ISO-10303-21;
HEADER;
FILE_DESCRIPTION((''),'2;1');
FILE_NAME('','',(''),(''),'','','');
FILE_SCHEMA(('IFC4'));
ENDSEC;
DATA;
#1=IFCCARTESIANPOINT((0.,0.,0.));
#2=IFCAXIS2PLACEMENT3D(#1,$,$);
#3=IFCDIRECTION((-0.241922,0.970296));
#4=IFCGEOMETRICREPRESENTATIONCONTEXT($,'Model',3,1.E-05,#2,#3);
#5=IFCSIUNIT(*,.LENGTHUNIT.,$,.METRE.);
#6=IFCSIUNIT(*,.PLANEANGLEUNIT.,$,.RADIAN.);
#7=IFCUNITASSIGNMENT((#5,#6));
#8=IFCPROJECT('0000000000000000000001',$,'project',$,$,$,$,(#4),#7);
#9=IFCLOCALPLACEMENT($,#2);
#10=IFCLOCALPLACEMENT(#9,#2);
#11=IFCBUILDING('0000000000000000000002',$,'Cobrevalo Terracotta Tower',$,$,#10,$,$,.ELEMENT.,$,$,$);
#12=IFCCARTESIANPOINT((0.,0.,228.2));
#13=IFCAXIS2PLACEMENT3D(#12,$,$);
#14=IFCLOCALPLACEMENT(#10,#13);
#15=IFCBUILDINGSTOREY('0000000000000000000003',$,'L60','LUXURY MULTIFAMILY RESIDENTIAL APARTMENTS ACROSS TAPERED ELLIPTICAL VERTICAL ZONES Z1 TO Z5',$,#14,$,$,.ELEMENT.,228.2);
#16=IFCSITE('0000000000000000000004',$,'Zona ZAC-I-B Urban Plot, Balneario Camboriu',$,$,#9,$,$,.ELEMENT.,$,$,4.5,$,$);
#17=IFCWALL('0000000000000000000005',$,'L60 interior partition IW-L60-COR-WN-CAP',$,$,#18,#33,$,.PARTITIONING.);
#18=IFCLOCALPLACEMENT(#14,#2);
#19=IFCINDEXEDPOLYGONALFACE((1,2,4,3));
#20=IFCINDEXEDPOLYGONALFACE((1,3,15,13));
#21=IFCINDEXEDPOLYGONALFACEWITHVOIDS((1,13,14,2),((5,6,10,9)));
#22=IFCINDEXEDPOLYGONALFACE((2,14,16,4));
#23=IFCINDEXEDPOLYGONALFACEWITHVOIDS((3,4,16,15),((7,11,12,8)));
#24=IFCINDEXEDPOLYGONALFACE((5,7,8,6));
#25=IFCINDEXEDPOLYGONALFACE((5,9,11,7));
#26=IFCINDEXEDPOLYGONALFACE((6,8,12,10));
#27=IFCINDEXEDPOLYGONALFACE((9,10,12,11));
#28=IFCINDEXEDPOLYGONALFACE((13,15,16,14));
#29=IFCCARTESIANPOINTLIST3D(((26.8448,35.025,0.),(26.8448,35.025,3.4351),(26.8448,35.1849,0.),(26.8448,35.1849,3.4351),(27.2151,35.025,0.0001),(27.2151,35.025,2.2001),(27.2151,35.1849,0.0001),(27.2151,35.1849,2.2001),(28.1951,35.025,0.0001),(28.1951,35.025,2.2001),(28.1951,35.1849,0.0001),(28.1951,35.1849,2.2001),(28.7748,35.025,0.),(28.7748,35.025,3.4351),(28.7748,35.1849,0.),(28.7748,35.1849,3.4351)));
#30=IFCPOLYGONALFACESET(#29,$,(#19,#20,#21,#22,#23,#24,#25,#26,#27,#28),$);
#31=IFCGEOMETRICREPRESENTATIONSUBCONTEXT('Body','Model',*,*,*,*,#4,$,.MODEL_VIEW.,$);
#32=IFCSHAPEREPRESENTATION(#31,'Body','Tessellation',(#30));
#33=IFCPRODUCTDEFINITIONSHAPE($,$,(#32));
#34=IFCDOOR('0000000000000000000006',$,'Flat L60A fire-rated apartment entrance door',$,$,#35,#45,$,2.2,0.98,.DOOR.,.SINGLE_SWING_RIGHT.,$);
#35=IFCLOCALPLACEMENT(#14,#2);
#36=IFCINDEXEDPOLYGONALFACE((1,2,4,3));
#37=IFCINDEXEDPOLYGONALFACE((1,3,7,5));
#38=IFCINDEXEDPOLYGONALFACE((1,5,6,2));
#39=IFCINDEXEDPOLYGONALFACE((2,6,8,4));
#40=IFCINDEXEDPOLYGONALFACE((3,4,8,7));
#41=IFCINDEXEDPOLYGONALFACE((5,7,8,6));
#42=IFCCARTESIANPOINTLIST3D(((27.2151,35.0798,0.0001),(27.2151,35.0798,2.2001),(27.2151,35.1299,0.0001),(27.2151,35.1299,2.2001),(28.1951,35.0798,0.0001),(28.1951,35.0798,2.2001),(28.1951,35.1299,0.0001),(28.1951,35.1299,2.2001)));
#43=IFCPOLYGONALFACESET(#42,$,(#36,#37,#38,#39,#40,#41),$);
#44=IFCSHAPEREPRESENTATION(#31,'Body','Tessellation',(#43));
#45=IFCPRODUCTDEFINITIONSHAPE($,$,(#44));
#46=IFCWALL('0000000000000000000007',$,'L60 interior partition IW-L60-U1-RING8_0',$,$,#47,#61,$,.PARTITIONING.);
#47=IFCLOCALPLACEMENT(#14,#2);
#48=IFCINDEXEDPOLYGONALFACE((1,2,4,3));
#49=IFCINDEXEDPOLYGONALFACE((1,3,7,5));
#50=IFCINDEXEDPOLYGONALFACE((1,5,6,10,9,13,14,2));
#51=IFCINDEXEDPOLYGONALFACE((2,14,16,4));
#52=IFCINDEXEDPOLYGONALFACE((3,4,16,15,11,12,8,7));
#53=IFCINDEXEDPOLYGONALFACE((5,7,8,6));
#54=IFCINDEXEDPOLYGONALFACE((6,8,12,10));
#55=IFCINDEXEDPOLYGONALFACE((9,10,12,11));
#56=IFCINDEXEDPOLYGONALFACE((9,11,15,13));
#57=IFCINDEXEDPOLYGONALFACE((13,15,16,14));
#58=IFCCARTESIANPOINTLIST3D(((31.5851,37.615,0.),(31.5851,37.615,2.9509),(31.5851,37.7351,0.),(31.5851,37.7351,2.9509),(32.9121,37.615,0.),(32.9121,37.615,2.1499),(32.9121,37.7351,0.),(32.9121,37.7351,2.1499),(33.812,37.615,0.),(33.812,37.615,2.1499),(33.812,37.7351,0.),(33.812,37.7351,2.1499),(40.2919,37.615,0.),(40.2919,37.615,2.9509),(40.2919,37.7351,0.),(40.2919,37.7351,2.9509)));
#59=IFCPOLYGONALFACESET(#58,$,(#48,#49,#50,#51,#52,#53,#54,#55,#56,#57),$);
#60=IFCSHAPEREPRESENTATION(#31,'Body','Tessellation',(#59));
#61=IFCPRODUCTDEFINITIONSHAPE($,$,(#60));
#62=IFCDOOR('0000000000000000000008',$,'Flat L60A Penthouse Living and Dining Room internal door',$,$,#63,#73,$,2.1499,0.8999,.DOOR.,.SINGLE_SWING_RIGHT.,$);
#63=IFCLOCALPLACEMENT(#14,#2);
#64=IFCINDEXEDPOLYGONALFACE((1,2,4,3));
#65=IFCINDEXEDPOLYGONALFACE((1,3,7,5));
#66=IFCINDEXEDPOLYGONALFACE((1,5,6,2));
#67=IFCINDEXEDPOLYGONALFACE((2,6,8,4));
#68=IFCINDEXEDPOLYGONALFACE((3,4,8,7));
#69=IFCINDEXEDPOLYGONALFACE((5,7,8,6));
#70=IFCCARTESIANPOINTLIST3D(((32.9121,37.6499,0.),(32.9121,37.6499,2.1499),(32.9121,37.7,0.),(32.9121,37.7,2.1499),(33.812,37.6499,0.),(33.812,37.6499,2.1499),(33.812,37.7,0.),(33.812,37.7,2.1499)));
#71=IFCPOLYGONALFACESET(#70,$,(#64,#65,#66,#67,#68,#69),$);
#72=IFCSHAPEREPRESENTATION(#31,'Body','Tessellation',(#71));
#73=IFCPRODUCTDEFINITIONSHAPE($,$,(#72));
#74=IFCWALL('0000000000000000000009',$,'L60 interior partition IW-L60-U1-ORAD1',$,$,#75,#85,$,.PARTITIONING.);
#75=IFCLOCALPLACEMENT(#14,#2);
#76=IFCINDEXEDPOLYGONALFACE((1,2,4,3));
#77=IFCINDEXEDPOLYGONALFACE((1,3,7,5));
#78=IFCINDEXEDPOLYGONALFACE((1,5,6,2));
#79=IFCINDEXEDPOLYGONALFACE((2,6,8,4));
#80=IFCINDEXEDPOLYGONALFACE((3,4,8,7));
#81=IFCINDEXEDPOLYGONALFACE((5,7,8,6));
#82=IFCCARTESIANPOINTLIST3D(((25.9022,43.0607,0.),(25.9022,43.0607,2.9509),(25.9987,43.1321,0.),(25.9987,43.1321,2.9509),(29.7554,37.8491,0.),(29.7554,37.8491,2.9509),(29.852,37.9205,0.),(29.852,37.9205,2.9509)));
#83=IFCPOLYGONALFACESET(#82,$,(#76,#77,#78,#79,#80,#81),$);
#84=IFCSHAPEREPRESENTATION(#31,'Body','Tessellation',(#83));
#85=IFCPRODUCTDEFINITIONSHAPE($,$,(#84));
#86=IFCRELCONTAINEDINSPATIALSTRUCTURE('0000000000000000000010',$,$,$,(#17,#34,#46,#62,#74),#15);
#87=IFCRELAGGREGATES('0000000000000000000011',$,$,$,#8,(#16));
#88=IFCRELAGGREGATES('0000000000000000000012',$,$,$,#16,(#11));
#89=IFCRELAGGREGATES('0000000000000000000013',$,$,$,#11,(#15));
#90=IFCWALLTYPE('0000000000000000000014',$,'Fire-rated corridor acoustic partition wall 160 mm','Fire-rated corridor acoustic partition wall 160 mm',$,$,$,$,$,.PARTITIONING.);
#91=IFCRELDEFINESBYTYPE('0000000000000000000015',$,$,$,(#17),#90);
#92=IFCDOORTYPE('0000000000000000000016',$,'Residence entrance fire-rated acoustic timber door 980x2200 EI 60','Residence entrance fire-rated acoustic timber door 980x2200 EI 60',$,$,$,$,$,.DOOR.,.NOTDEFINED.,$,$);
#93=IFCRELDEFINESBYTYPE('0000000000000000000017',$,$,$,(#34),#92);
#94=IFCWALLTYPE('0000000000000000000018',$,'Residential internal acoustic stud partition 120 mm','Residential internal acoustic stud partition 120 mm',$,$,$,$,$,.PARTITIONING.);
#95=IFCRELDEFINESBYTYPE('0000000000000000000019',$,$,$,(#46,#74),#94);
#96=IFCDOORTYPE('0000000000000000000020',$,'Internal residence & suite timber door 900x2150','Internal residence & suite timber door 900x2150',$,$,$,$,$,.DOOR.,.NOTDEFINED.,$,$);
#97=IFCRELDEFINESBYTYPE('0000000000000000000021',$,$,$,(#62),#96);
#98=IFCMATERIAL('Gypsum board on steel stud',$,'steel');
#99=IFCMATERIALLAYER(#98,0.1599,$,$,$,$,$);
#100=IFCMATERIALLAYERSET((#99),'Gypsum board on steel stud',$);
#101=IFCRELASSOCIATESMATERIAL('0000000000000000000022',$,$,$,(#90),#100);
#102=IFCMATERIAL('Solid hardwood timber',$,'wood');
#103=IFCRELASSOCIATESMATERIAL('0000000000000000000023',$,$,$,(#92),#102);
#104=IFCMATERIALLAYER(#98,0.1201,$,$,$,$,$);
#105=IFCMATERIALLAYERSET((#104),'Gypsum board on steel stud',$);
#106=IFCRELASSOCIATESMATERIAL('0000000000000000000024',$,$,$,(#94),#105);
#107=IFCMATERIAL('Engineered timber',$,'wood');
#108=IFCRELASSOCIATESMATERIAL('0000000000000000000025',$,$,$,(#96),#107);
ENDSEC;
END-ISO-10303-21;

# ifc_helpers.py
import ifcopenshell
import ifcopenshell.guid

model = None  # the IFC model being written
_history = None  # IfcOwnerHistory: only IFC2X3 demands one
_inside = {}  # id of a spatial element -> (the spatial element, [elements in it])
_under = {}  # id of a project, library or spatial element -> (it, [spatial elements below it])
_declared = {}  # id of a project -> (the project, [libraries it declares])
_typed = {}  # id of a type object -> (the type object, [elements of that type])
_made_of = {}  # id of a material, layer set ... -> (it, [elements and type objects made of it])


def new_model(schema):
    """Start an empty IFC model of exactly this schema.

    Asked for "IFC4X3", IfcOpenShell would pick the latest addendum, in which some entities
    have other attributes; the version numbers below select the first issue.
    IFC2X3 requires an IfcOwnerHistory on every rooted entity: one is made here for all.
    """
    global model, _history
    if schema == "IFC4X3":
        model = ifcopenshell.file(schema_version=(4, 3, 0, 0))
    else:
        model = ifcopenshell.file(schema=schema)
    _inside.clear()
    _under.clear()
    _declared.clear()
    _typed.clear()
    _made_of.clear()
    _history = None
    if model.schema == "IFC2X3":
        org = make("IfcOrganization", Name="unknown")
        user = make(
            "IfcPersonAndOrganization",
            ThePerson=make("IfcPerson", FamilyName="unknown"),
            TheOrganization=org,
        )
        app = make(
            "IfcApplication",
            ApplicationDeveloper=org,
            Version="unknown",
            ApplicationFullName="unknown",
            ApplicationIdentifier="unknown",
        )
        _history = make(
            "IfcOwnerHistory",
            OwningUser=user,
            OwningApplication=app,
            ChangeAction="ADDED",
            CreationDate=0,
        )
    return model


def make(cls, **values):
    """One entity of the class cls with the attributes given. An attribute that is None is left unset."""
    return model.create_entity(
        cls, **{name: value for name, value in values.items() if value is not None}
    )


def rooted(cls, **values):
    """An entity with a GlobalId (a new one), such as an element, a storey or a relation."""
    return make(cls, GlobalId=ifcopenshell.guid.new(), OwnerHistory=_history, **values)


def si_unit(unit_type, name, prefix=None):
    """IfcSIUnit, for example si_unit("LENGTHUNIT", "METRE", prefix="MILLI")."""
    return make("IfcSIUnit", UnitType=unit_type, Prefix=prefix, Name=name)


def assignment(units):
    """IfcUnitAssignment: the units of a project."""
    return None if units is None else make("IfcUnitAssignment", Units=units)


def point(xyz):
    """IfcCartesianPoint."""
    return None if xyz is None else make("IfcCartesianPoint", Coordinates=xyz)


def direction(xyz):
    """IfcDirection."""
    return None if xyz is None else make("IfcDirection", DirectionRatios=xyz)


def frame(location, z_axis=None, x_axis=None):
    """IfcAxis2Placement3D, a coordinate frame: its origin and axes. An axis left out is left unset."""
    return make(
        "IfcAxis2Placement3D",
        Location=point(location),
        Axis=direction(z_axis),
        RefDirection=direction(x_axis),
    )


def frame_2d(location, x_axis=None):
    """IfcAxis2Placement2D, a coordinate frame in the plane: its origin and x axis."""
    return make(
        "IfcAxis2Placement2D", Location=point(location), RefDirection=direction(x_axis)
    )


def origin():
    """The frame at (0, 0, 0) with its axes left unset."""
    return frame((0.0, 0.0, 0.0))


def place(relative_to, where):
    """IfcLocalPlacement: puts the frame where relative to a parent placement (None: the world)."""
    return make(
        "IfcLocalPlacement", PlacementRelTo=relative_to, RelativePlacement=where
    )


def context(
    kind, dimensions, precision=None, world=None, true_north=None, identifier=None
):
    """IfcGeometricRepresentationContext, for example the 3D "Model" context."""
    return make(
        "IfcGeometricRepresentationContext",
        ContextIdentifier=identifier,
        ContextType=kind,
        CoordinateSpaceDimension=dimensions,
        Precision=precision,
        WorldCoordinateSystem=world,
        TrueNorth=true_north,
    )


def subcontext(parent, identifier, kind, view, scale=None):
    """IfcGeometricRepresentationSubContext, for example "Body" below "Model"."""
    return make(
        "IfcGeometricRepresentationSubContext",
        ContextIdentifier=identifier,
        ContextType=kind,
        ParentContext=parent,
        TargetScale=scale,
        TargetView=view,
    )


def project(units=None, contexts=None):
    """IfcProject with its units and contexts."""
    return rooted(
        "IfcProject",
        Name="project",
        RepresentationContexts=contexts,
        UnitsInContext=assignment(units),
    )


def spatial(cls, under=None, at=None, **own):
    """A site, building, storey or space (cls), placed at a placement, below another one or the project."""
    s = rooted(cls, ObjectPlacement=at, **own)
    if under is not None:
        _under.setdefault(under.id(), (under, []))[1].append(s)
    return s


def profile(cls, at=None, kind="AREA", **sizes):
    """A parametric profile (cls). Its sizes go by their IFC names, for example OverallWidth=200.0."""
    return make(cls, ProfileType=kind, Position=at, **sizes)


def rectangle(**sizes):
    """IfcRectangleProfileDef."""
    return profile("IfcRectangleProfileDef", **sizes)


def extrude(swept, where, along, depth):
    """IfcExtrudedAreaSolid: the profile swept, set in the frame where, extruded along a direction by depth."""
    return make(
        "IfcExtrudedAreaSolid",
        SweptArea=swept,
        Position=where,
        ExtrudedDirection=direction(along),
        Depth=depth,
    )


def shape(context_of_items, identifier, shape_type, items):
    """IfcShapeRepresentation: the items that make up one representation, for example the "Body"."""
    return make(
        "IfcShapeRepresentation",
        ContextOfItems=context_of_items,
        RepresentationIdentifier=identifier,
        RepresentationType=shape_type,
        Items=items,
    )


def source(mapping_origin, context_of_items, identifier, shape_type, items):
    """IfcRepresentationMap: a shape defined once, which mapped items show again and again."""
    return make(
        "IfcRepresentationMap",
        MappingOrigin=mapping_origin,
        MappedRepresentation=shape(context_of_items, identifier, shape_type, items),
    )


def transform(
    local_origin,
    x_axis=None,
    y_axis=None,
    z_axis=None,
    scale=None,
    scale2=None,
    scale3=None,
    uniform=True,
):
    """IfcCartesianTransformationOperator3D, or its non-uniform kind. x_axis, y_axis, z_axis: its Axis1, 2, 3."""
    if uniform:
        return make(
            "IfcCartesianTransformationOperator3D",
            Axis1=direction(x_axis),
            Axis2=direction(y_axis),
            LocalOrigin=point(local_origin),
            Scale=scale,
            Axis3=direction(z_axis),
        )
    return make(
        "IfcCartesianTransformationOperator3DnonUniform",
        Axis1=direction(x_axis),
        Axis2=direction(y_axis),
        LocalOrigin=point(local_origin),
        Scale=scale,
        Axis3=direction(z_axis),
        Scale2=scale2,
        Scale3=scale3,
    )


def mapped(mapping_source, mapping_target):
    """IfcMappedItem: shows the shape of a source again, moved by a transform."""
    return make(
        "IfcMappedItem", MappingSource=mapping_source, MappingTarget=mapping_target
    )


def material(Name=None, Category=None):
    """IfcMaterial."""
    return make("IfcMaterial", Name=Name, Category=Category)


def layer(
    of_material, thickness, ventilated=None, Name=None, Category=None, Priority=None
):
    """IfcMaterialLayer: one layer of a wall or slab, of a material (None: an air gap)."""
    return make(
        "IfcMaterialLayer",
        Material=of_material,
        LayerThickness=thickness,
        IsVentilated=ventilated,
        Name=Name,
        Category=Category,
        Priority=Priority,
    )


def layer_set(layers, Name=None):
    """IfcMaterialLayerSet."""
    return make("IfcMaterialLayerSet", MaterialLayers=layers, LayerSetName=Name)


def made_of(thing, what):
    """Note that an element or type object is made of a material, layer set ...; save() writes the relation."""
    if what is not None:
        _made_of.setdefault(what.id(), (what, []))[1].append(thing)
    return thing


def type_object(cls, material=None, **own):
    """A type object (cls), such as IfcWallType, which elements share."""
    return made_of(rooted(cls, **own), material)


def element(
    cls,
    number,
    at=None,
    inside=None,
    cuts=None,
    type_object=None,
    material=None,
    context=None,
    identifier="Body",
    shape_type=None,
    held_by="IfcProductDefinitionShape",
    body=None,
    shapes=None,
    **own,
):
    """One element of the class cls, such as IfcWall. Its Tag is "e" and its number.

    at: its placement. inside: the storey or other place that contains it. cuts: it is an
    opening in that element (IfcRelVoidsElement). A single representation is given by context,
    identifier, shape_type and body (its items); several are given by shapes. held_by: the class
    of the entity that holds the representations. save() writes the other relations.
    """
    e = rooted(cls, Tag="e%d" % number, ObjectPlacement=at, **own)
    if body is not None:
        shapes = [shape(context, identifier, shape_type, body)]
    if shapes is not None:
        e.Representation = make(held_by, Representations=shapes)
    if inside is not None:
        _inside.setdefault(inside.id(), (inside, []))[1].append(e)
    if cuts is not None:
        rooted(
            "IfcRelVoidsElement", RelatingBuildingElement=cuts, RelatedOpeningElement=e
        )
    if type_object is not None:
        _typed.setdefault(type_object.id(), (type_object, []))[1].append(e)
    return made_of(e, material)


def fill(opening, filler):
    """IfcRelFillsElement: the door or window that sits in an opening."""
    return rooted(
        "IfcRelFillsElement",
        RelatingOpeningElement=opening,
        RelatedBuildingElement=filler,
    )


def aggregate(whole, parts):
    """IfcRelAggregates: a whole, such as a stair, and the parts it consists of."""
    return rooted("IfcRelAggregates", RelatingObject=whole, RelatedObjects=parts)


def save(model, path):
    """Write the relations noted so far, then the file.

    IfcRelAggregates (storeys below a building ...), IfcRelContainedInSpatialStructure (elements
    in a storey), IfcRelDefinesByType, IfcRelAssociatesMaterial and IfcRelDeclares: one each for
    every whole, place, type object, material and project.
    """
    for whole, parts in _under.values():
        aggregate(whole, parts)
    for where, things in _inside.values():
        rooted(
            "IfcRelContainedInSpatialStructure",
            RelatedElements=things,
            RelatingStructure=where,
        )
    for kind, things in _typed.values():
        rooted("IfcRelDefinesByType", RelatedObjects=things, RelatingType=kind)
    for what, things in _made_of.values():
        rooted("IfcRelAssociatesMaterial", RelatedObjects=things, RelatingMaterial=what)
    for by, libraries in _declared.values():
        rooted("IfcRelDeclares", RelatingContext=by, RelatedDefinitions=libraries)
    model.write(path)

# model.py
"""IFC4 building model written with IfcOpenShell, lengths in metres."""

from ifc_helpers import new_model, si_unit, direction, frame, frame_2d, origin, place, context, subcontext, project, spatial, rectangle, extrude, source, transform, mapped, material, layer, layer_set, type_object, element, fill, save


model = new_model("IFC4")

# Units and contexts
model_context = context("Model", 3, precision=1e-05, world=origin(), true_north=direction((-0.241922, 0.970296)))
body_context = subcontext(model_context, "Body", "Model", "MODEL_VIEW")
ifc_project = project(units=[si_unit("LENGTHUNIT", "METRE"), si_unit("PLANEANGLEUNIT", "RADIAN")], contexts=[model_context])

# Site, building, storey
site_placement = place(None, origin())
site = spatial("IfcSite", under=ifc_project, at=site_placement, Name="Zona ZAC-I-B Urban Plot, Balneario Camboriu", CompositionType="ELEMENT", RefElevation=4.5)
building_placement = place(site_placement, origin())
building = spatial("IfcBuilding", under=site, at=building_placement, Name="Cobrevalo Terracotta Tower", CompositionType="ELEMENT")
storey_placement = place(building_placement, frame((0.0, 0.0, 228.2)))
storey = spatial("IfcBuildingStorey", under=building, at=storey_placement, Name="L60", Description="LUXURY MULTIFAMILY RESIDENTIAL APARTMENTS ACROSS TAPERED ELLIPTICAL VERTICAL ZONES Z1 TO Z5", CompositionType="ELEMENT", Elevation=228.2)

# Shared definitions
ifc_material_1 = material(Name="Gypsum board on steel stud", Category="steel")
ifc_layer_1 = layer(ifc_material_1, 0.1599)
ifc_layer_set_1 = layer_set([ifc_layer_1], Name="Gypsum board on steel stud")
wall_type_1 = type_object("IfcWallType", Name="Fire-rated corridor acoustic partition wall 160 mm", Description="Fire-rated corridor acoustic partition wall 160 mm", PredefinedType="PARTITIONING", material=ifc_layer_set_1)

# Walls, openings, doors
wall_1_placement = place(storey_placement, frame((26.845, 35.105, 0.0), z_axis=(0.0, 0.0, 1.0), x_axis=(1.0, 0.0, 0.0)))
wall_1 = element("IfcWall", 1, at=wall_1_placement, inside=storey, type_object=wall_type_1, Name="L60 interior partition IW-L60-COR-WN-CAP", PredefinedType="PARTITIONING", context=body_context, shape_type="SweptSolid", body=[
    extrude(rectangle(XDim=1.9299, YDim=0.1599, at=frame_2d((0.9648, 0.0))), origin(), (0.0, 0.0, 1.0), 3.4351),
])
opening_1_placement = place(wall_1_placement, frame((0.3701, 0.0, 0.0)))
opening_1 = element("IfcOpeningElement", 2, at=opening_1_placement, cuts=wall_1, PredefinedType="OPENING", context=body_context, shape_type="SweptSolid", body=[
    extrude(rectangle(XDim=0.98, YDim=2.2, at=frame_2d((0.49, 1.1001))), frame((0.0, 0.0898, 0.0), z_axis=(0.0, -1.0, 0.0), x_axis=(1.0, 0.0, 0.0)), (0.0, 0.0, 1.0), 0.1799),
])
ifc_material_2 = material(Name="Solid hardwood timber", Category="wood")
door_type_1 = type_object("IfcDoorType", Name="Residence entrance fire-rated acoustic timber door 980x2200 EI 60", Description="Residence entrance fire-rated acoustic timber door 980x2200 EI 60", OperationType="NOTDEFINED", PredefinedType="DOOR", material=ifc_material_2)
shared_shape_1 = source(origin(), body_context, "Body", "SweptSolid", [
    extrude(rectangle(XDim=0.98, YDim=2.2, at=frame_2d((0.49, 1.1001))), frame((0.0, 0.0249, 0.0), z_axis=(0.0, -1.0, 0.0), x_axis=(1.0, 0.0, 0.0)), (0.0, 0.0, 1.0), 0.05),
])
door_1_placement = place(opening_1_placement, origin())
door_1 = element("IfcDoor", 3, at=door_1_placement, inside=storey, type_object=door_type_1, Name="Flat L60A fire-rated apartment entrance door", OperationType="SINGLE_SWING_RIGHT", OverallHeight=2.2, OverallWidth=0.98, PredefinedType="DOOR", context=body_context, shape_type="MappedRepresentation", body=[
    mapped(shared_shape_1, transform((0.0, 0.0, 0.0), scale=1.0)),
])
fill(opening_1, door_1)
ifc_layer_2 = layer(ifc_material_1, 0.1201)
ifc_layer_set_2 = layer_set([ifc_layer_2], Name="Gypsum board on steel stud")
wall_type_2 = type_object("IfcWallType", Name="Residential internal acoustic stud partition 120 mm", Description="Residential internal acoustic stud partition 120 mm", PredefinedType="PARTITIONING", material=ifc_layer_set_2)
wall_2_placement = place(storey_placement, frame((31.585, 37.675, 0.0), z_axis=(0.0, 0.0, 1.0), x_axis=(1.0, 0.0, 0.0)))
wall_2 = element("IfcWall", 4, at=wall_2_placement, inside=storey, type_object=wall_type_2, Name="L60 interior partition IW-L60-U1-RING8_0", PredefinedType="PARTITIONING", context=body_context, shape_type="SweptSolid", body=[
    extrude(rectangle(XDim=8.7068, YDim=0.1201, at=frame_2d((4.3535, 0.0))), origin(), (0.0, 0.0, 1.0), 2.9509),
])
opening_2_placement = place(wall_2_placement, frame((1.3271, 0.0, 0.0)))
opening_2 = element("IfcOpeningElement", 5, at=opening_2_placement, cuts=wall_2, PredefinedType="OPENING", context=body_context, shape_type="SweptSolid", body=[
    extrude(rectangle(XDim=0.8999, YDim=2.1499, at=frame_2d((0.45, 1.075))), frame((0.0, 0.0701, 0.0), z_axis=(0.0, -1.0, 0.0), x_axis=(1.0, 0.0, 0.0)), (0.0, 0.0, 1.0), 0.1401),
])
ifc_material_3 = material(Name="Engineered timber", Category="wood")
door_type_2 = type_object("IfcDoorType", Name="Internal residence & suite timber door 900x2150", Description="Internal residence & suite timber door 900x2150", OperationType="NOTDEFINED", PredefinedType="DOOR", material=ifc_material_3)
shared_shape_2 = source(origin(), body_context, "Body", "SweptSolid", [
    extrude(rectangle(XDim=0.8999, YDim=2.1499, at=frame_2d((0.45, 1.075))), frame((0.0, 0.0249, 0.0), z_axis=(0.0, -1.0, 0.0), x_axis=(1.0, 0.0, 0.0)), (0.0, 0.0, 1.0), 0.05),
])
door_2_placement = place(opening_2_placement, origin())
door_2 = element("IfcDoor", 6, at=door_2_placement, inside=storey, type_object=door_type_2, Name="Flat L60A Penthouse Living and Dining Room internal door", OperationType="SINGLE_SWING_RIGHT", OverallHeight=2.1499, OverallWidth=0.8999, PredefinedType="DOOR", context=body_context, shape_type="MappedRepresentation", body=[
    mapped(shared_shape_2, transform((0.0, 0.0, 0.0), scale=1.0)),
])
fill(opening_2, door_2)

# Wall
wall_3_placement = place(storey_placement, frame((29.8037, 37.8848, 0.0), z_axis=(0.0, 0.0, 1.0), x_axis=(-0.594508, 0.80409, 0.0)))
element("IfcWall", 7, at=wall_3_placement, inside=storey, type_object=wall_type_2, Name="L60 interior partition IW-L60-U1-ORAD1", PredefinedType="PARTITIONING", context=body_context, shape_type="SweptSolid", body=[
    extrude(rectangle(XDim=6.4814, YDim=0.1201, at=frame_2d((3.2407, 0.0))), origin(), (0.0, 0.0, 1.0), 2.9509),
])

save(model, "model.ifc")
